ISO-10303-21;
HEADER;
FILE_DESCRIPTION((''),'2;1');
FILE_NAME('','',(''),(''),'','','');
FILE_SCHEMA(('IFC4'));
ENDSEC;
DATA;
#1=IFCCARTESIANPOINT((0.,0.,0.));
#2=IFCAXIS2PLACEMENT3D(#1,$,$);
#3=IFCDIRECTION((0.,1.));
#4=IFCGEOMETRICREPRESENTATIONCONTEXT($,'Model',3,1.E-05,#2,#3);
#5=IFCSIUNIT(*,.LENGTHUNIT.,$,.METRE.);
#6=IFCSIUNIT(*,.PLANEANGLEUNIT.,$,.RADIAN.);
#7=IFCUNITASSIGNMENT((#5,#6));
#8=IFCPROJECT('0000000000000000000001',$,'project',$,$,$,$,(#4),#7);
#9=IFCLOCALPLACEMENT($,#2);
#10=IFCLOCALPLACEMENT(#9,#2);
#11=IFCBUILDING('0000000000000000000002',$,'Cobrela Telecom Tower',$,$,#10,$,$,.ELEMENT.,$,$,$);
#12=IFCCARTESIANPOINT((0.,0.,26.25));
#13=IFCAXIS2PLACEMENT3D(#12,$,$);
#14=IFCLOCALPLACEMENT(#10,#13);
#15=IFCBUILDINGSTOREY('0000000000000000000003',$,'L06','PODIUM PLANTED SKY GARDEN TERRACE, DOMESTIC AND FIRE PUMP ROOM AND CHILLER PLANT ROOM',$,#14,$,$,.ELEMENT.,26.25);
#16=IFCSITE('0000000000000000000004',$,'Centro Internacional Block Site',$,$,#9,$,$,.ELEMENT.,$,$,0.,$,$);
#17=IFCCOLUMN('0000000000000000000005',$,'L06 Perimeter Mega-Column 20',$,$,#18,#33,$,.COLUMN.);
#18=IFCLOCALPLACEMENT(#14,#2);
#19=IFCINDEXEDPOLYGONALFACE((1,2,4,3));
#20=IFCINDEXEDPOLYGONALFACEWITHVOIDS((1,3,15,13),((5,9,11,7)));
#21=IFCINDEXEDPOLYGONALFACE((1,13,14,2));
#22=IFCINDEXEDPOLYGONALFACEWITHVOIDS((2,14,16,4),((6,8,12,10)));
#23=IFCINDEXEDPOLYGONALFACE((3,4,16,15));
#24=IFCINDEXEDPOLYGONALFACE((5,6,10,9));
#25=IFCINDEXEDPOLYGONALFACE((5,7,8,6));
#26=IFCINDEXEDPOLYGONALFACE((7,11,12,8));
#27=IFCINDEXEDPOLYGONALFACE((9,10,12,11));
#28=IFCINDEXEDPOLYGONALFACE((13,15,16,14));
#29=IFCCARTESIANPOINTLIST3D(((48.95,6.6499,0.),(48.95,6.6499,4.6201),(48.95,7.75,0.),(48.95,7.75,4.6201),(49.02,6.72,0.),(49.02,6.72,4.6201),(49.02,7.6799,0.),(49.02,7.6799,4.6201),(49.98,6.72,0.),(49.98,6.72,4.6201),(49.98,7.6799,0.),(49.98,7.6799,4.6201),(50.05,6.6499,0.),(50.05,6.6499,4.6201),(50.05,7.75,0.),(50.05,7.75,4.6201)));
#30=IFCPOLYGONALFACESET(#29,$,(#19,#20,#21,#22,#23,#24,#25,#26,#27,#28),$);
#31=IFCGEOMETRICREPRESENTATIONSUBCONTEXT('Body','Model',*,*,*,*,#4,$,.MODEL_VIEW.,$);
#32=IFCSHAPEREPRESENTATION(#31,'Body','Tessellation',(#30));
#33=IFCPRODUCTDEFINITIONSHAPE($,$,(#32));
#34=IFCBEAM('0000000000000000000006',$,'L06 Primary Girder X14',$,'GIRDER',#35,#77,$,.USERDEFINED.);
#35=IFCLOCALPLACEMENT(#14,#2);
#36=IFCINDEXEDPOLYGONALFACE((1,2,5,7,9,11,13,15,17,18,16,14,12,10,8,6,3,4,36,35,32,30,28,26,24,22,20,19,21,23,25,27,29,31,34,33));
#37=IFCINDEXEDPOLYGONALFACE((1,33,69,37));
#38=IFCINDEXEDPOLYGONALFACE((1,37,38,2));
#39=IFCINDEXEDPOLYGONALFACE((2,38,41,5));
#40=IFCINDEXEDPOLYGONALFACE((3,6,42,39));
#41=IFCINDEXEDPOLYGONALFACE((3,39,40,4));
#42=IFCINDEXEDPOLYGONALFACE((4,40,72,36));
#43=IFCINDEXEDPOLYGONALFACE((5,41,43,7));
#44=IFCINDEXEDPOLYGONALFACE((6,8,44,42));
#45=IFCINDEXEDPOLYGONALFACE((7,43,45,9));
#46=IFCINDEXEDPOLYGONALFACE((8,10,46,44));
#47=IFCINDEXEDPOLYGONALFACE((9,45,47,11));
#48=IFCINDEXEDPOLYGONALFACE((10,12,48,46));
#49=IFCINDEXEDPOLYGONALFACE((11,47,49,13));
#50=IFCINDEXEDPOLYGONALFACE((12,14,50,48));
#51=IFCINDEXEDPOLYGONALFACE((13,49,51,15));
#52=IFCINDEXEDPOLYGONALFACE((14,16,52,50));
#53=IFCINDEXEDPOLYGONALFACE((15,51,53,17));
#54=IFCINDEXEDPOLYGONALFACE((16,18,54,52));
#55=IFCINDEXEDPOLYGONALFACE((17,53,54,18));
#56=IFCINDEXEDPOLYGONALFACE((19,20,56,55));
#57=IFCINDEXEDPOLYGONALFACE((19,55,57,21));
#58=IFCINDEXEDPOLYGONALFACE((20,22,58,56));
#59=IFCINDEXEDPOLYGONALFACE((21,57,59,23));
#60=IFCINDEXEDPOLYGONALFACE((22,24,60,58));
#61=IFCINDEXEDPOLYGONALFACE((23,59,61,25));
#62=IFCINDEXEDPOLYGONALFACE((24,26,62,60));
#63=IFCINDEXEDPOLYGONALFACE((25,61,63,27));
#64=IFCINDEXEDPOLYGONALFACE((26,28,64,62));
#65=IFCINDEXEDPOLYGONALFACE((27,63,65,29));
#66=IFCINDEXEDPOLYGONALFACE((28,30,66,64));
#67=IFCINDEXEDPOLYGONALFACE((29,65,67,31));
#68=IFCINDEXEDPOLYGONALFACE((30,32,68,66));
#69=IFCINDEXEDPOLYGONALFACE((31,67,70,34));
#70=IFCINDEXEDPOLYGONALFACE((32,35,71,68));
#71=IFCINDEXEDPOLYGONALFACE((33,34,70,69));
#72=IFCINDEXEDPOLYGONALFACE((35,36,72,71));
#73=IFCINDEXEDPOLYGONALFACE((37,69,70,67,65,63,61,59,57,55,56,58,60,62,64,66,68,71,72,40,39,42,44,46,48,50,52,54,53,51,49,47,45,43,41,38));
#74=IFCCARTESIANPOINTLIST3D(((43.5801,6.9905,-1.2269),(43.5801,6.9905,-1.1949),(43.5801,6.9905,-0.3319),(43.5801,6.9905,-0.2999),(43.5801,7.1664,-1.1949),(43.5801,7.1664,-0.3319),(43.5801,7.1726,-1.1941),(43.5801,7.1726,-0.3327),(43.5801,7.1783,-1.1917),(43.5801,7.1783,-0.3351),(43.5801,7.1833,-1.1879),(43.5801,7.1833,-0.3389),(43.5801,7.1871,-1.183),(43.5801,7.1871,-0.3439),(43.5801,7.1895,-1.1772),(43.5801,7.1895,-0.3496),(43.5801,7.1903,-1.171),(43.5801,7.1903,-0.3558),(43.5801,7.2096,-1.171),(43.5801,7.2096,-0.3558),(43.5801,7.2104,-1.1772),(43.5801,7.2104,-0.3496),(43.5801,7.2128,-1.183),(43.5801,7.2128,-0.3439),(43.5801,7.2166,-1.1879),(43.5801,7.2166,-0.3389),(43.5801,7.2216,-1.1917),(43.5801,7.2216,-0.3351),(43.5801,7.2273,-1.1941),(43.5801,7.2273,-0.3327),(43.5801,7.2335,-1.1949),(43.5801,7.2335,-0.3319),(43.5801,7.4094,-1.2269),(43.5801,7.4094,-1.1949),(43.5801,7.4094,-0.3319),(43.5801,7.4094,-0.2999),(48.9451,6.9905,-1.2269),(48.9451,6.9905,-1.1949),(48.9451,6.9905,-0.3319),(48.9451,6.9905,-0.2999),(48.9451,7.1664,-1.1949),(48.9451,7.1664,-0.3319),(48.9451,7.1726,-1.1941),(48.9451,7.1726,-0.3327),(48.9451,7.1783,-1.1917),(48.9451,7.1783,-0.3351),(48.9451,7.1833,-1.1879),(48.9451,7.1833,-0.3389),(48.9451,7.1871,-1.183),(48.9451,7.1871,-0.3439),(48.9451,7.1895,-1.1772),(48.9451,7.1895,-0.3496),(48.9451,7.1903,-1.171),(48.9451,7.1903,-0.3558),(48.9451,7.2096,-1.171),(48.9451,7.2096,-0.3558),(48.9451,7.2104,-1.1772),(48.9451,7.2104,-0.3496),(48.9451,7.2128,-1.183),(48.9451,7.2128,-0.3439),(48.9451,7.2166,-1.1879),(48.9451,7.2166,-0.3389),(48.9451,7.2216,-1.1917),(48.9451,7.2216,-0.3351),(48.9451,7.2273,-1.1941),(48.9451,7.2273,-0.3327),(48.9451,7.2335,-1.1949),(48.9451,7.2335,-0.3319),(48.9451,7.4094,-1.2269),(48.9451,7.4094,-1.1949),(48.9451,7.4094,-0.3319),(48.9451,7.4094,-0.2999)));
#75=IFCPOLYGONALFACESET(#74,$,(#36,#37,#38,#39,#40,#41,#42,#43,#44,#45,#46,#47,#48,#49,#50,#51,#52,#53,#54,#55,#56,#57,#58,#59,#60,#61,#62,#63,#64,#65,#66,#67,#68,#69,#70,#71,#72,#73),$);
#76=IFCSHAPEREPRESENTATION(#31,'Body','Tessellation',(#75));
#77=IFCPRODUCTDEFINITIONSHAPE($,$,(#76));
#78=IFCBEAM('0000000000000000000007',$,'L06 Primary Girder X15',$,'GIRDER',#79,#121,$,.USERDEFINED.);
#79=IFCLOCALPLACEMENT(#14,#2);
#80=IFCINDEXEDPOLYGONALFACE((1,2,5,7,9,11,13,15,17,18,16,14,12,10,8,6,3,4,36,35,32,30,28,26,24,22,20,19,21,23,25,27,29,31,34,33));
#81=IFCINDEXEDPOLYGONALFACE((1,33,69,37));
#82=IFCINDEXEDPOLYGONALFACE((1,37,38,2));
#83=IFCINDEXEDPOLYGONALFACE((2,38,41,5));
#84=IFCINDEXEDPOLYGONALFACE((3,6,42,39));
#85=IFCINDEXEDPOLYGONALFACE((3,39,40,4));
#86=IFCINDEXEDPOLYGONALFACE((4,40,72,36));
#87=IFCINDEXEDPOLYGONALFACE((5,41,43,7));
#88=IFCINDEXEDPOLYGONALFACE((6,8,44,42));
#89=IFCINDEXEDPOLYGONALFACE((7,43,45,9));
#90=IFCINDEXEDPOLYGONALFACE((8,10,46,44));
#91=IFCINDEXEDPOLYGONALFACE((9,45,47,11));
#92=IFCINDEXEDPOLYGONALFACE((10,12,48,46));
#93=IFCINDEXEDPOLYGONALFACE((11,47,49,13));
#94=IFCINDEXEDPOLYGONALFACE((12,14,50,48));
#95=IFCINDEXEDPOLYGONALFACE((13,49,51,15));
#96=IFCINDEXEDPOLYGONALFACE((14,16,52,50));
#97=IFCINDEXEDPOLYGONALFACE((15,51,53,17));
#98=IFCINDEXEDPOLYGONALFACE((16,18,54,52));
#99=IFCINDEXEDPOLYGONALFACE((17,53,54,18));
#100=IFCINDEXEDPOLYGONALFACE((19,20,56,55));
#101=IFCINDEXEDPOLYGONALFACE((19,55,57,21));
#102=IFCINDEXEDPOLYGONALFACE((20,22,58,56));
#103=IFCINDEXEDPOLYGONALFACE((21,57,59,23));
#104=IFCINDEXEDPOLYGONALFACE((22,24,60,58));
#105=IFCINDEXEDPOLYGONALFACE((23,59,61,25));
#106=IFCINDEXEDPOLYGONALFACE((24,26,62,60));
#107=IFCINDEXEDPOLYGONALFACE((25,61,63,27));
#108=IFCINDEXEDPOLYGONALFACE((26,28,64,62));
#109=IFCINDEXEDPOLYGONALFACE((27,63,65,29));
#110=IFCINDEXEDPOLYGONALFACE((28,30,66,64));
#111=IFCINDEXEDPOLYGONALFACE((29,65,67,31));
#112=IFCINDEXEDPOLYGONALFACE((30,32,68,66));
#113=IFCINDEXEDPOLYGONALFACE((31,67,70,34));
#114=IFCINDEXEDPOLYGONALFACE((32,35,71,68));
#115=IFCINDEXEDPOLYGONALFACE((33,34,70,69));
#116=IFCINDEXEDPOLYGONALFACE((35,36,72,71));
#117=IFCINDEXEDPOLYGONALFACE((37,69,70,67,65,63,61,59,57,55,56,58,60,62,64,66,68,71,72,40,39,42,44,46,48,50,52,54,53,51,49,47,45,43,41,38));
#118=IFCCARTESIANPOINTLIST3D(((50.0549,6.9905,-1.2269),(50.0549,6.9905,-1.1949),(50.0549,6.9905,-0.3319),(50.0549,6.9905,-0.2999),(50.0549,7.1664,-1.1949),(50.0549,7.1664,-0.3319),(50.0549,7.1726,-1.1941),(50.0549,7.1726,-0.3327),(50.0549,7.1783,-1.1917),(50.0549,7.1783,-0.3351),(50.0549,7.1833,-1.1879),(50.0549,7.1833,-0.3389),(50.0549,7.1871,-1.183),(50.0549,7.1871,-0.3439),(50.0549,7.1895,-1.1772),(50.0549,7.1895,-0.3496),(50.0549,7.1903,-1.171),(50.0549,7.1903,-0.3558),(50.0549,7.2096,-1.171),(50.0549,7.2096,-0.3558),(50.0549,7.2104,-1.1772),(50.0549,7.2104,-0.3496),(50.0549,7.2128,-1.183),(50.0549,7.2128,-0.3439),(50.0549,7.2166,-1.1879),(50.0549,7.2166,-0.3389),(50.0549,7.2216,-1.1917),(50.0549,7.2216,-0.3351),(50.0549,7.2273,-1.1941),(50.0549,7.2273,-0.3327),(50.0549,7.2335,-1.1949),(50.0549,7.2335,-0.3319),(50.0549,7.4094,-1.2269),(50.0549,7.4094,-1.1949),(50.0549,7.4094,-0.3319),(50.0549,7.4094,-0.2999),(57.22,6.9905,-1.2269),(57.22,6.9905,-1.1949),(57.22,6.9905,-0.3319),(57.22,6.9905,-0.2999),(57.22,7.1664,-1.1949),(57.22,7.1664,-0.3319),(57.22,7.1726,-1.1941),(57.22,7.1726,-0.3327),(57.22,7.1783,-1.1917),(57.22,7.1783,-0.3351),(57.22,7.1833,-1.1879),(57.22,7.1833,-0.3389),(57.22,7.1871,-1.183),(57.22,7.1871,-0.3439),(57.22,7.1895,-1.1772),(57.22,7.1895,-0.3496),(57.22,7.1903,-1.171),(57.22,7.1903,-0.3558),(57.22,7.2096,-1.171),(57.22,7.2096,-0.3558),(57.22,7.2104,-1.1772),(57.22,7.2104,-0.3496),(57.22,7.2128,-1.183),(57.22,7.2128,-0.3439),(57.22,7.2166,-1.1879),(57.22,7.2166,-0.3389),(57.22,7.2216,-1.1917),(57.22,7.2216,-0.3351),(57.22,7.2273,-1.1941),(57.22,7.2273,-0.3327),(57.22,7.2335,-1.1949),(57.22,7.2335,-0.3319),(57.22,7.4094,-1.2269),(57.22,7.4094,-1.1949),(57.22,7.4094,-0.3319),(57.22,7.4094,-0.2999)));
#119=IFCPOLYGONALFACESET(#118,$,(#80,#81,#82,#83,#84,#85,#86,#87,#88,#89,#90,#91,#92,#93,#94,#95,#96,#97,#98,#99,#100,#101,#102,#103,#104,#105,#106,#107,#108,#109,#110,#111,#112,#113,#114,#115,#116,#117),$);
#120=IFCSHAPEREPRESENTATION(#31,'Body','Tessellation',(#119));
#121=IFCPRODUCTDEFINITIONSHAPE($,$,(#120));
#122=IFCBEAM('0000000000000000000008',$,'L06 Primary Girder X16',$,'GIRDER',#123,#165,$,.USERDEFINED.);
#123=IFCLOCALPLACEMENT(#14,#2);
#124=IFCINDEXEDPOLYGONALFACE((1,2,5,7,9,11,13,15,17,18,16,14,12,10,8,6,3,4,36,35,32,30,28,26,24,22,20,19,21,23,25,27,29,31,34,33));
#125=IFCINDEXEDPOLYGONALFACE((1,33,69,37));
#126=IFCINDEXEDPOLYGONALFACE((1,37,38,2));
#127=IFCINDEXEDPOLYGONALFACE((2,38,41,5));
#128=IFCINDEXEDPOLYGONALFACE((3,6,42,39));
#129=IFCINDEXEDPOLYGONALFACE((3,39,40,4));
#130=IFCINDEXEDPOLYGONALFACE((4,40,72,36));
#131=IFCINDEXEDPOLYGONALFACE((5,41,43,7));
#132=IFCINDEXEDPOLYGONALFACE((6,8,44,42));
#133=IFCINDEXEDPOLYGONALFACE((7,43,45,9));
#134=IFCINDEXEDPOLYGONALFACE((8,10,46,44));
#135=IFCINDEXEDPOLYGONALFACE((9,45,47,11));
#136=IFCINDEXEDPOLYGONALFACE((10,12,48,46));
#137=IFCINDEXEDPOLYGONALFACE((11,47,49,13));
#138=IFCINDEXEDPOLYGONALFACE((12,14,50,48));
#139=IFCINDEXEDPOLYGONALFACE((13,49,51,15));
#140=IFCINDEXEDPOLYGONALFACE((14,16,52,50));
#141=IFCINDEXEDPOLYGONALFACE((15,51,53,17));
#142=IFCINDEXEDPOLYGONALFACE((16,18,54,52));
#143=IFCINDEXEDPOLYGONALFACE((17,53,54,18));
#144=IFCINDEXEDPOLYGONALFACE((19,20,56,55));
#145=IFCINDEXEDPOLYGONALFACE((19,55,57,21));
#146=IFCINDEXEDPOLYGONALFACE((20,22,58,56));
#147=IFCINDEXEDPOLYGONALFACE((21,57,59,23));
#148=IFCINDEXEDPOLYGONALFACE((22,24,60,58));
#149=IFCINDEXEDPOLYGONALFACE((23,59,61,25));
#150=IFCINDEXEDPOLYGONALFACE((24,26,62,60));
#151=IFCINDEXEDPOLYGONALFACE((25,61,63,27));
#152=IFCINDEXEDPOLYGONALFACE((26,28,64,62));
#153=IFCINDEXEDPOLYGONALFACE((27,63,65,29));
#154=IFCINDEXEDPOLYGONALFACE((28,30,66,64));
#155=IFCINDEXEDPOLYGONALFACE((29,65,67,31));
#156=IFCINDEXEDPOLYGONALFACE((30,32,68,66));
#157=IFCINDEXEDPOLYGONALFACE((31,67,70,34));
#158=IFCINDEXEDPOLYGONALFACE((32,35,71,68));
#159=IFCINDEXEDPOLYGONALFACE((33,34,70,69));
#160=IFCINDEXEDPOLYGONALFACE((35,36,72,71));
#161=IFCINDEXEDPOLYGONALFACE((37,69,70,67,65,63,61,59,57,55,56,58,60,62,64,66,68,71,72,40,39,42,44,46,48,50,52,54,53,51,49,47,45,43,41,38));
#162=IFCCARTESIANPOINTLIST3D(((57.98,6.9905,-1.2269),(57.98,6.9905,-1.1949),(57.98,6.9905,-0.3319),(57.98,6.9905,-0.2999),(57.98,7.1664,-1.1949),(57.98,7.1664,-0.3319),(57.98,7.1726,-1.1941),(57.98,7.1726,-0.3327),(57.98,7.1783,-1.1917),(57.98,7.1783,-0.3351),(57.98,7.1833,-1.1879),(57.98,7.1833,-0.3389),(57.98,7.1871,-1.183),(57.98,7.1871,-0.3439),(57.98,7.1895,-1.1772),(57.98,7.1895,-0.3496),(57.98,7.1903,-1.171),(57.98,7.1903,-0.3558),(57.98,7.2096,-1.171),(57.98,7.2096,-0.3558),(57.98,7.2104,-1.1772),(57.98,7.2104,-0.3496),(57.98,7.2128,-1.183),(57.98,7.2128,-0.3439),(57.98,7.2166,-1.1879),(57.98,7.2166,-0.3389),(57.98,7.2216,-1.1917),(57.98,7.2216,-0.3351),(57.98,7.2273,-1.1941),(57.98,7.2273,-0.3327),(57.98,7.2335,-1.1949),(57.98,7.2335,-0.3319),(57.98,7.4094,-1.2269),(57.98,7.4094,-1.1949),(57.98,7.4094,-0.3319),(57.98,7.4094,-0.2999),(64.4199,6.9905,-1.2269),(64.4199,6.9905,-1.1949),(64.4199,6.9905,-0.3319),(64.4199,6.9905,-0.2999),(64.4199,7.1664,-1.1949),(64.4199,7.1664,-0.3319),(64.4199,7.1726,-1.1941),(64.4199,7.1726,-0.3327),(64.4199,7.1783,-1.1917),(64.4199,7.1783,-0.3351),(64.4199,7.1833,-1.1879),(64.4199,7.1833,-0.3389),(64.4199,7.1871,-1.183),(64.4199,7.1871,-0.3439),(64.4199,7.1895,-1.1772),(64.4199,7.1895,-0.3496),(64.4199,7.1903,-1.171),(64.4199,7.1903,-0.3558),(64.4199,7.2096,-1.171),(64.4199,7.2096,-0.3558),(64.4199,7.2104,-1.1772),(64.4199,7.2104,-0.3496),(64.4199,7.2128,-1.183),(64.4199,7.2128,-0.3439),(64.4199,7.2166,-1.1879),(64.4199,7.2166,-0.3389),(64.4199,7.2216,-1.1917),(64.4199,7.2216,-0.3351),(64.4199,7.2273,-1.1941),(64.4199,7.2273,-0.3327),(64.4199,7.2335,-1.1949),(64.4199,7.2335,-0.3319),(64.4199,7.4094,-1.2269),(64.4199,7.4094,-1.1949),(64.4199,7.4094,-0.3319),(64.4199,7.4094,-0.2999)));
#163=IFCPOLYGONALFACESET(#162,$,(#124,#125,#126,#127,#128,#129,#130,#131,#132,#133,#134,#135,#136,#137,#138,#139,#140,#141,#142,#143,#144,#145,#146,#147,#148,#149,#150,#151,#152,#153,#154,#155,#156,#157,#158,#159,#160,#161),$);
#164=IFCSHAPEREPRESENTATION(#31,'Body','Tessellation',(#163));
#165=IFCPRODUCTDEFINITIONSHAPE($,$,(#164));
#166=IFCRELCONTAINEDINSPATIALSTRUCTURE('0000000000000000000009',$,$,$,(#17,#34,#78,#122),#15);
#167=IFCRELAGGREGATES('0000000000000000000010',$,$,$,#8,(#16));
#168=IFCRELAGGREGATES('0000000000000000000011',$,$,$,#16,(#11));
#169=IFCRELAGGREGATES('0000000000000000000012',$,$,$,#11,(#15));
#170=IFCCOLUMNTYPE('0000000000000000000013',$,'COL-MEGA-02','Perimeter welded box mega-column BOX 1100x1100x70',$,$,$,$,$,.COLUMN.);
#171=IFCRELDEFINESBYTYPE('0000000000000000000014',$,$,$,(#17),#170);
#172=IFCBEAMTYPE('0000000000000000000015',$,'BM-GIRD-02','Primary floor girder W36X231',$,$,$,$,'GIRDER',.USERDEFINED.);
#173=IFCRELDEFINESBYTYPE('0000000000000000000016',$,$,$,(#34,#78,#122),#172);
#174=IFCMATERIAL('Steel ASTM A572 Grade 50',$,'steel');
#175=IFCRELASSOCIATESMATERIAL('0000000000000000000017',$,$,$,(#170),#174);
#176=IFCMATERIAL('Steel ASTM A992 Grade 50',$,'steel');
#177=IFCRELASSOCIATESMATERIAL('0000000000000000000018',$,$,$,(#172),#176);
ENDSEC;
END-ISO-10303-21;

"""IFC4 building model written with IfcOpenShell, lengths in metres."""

from ifc_helpers import new_model, si_unit, direction, frame, origin, origin_2d, place, context, subcontext, project, spatial, hollow_rectangle, i_section, extrude, material, material_profile, profile_set, type_object, element, save


model = new_model("IFC4")

# Units and contexts
model_context = context("Model", 3, precision=1e-05, world=origin(), true_north=direction((0.0, 1.0)))
body_context = subcontext(model_context, "Body", "Model", "MODEL_VIEW")
ifc_project = project(units=[si_unit("LENGTHUNIT", "METRE"), si_unit("PLANEANGLEUNIT", "RADIAN")], contexts=[model_context])

# Site, building, storey
site_placement = place(None, origin())
site = spatial("IfcSite", under=ifc_project, at=site_placement, Name="Centro Internacional Block Site", CompositionType="ELEMENT", RefElevation=0.0)
building_placement = place(site_placement, origin())
building = spatial("IfcBuilding", under=site, at=building_placement, Name="Cobrela Telecom Tower", CompositionType="ELEMENT")
storey_placement = place(building_placement, frame((0.0, 0.0, 26.25)))
storey = spatial("IfcBuildingStorey", under=building, at=storey_placement, Name="L06", Description="PODIUM PLANTED SKY GARDEN TERRACE, DOMESTIC AND FIRE PUMP ROOM AND CHILLER PLANT ROOM", CompositionType="ELEMENT", Elevation=26.25)

# Column
ifc_material_1 = material(Name="Steel ASTM A572 Grade 50", Category="steel")
ifc_material_profile_1 = material_profile(ifc_material_1, hollow_rectangle(XDim=1.1001, YDim=1.1001, WallThickness=0.0701, at=origin_2d()), Name="BOX 1100x1100x70")
ifc_profile_set_1 = profile_set([ifc_material_profile_1], Name="Steel ASTM A572 Grade 50")
column_type = type_object("IfcColumnType", Name="COL-MEGA-02", Description="Perimeter welded box mega-column BOX 1100x1100x70", PredefinedType="COLUMN", material=ifc_profile_set_1)
column_placement = place(storey_placement, frame((49.5, 7.2, 0.0), z_axis=(0.0, 0.0, 1.0), x_axis=(1.0, 0.0, 0.0)))
element("IfcColumn", 1, at=column_placement, inside=storey, type_object=column_type, Name="L06 Perimeter Mega-Column 20", PredefinedType="COLUMN", context=body_context, shape_type="SweptSolid", body=[
    extrude(hollow_rectangle(XDim=1.1001, YDim=1.1001, WallThickness=0.0701, at=origin_2d()), origin(), (0.0, 0.0, 1.0), 4.6201),
])

# Beams
ifc_material_2 = material(Name="Steel ASTM A992 Grade 50", Category="steel")
ifc_material_profile_2 = material_profile(ifc_material_2, i_section(OverallWidth=0.4189, OverallDepth=0.927, WebThickness=0.0193, FlangeThickness=0.032, FilletRadius=0.0239, at=origin_2d()), Name="W36X231")
ifc_profile_set_2 = profile_set([ifc_material_profile_2], Name="Steel ASTM A992 Grade 50")
beam_type_1 = type_object("IfcBeamType", Name="BM-GIRD-02", Description="Primary floor girder W36X231", ElementType="GIRDER", PredefinedType="USERDEFINED", material=ifc_profile_set_2)
beam_1_placement = place(storey_placement, frame((43.5801, 7.2, -0.7634), z_axis=(1.0, 0.0, 0.0), x_axis=(0.0, 1.0, 0.0)))
element("IfcBeam", 2, at=beam_1_placement, inside=storey, type_object=beam_type_1, Name="L06 Primary Girder X14", ObjectType="GIRDER", PredefinedType="USERDEFINED", context=body_context, shape_type="SweptSolid", body=[
    extrude(i_section(OverallWidth=0.4189, OverallDepth=0.927, WebThickness=0.0193, FlangeThickness=0.032, FilletRadius=0.0239, at=origin_2d()), origin(), (0.0, 0.0, 1.0), 5.365),
])
beam_2_placement = place(storey_placement, frame((50.0549, 7.2, -0.7634), z_axis=(1.0, 0.0, 0.0), x_axis=(0.0, 1.0, 0.0)))
element("IfcBeam", 3, at=beam_2_placement, inside=storey, type_object=beam_type_1, Name="L06 Primary Girder X15", ObjectType="GIRDER", PredefinedType="USERDEFINED", context=body_context, shape_type="SweptSolid", body=[
    extrude(i_section(OverallWidth=0.4189, OverallDepth=0.927, WebThickness=0.0193, FlangeThickness=0.032, FilletRadius=0.0239, at=origin_2d()), origin(), (0.0, 0.0, 1.0), 7.165),
])
beam_3_placement = place(storey_placement, frame((57.98, 7.2, -0.7634), z_axis=(1.0, 0.0, 0.0), x_axis=(0.0, 1.0, 0.0)))
element("IfcBeam", 4, at=beam_3_placement, inside=storey, type_object=beam_type_1, Name="L06 Primary Girder X16", ObjectType="GIRDER", PredefinedType="USERDEFINED", context=body_context, shape_type="SweptSolid", body=[
    extrude(i_section(OverallWidth=0.4189, OverallDepth=0.927, WebThickness=0.0193, FlangeThickness=0.032, FilletRadius=0.0239, at=origin_2d()), origin(), (0.0, 0.0, 1.0), 6.4399),
])

save(model, "model.ifc")
